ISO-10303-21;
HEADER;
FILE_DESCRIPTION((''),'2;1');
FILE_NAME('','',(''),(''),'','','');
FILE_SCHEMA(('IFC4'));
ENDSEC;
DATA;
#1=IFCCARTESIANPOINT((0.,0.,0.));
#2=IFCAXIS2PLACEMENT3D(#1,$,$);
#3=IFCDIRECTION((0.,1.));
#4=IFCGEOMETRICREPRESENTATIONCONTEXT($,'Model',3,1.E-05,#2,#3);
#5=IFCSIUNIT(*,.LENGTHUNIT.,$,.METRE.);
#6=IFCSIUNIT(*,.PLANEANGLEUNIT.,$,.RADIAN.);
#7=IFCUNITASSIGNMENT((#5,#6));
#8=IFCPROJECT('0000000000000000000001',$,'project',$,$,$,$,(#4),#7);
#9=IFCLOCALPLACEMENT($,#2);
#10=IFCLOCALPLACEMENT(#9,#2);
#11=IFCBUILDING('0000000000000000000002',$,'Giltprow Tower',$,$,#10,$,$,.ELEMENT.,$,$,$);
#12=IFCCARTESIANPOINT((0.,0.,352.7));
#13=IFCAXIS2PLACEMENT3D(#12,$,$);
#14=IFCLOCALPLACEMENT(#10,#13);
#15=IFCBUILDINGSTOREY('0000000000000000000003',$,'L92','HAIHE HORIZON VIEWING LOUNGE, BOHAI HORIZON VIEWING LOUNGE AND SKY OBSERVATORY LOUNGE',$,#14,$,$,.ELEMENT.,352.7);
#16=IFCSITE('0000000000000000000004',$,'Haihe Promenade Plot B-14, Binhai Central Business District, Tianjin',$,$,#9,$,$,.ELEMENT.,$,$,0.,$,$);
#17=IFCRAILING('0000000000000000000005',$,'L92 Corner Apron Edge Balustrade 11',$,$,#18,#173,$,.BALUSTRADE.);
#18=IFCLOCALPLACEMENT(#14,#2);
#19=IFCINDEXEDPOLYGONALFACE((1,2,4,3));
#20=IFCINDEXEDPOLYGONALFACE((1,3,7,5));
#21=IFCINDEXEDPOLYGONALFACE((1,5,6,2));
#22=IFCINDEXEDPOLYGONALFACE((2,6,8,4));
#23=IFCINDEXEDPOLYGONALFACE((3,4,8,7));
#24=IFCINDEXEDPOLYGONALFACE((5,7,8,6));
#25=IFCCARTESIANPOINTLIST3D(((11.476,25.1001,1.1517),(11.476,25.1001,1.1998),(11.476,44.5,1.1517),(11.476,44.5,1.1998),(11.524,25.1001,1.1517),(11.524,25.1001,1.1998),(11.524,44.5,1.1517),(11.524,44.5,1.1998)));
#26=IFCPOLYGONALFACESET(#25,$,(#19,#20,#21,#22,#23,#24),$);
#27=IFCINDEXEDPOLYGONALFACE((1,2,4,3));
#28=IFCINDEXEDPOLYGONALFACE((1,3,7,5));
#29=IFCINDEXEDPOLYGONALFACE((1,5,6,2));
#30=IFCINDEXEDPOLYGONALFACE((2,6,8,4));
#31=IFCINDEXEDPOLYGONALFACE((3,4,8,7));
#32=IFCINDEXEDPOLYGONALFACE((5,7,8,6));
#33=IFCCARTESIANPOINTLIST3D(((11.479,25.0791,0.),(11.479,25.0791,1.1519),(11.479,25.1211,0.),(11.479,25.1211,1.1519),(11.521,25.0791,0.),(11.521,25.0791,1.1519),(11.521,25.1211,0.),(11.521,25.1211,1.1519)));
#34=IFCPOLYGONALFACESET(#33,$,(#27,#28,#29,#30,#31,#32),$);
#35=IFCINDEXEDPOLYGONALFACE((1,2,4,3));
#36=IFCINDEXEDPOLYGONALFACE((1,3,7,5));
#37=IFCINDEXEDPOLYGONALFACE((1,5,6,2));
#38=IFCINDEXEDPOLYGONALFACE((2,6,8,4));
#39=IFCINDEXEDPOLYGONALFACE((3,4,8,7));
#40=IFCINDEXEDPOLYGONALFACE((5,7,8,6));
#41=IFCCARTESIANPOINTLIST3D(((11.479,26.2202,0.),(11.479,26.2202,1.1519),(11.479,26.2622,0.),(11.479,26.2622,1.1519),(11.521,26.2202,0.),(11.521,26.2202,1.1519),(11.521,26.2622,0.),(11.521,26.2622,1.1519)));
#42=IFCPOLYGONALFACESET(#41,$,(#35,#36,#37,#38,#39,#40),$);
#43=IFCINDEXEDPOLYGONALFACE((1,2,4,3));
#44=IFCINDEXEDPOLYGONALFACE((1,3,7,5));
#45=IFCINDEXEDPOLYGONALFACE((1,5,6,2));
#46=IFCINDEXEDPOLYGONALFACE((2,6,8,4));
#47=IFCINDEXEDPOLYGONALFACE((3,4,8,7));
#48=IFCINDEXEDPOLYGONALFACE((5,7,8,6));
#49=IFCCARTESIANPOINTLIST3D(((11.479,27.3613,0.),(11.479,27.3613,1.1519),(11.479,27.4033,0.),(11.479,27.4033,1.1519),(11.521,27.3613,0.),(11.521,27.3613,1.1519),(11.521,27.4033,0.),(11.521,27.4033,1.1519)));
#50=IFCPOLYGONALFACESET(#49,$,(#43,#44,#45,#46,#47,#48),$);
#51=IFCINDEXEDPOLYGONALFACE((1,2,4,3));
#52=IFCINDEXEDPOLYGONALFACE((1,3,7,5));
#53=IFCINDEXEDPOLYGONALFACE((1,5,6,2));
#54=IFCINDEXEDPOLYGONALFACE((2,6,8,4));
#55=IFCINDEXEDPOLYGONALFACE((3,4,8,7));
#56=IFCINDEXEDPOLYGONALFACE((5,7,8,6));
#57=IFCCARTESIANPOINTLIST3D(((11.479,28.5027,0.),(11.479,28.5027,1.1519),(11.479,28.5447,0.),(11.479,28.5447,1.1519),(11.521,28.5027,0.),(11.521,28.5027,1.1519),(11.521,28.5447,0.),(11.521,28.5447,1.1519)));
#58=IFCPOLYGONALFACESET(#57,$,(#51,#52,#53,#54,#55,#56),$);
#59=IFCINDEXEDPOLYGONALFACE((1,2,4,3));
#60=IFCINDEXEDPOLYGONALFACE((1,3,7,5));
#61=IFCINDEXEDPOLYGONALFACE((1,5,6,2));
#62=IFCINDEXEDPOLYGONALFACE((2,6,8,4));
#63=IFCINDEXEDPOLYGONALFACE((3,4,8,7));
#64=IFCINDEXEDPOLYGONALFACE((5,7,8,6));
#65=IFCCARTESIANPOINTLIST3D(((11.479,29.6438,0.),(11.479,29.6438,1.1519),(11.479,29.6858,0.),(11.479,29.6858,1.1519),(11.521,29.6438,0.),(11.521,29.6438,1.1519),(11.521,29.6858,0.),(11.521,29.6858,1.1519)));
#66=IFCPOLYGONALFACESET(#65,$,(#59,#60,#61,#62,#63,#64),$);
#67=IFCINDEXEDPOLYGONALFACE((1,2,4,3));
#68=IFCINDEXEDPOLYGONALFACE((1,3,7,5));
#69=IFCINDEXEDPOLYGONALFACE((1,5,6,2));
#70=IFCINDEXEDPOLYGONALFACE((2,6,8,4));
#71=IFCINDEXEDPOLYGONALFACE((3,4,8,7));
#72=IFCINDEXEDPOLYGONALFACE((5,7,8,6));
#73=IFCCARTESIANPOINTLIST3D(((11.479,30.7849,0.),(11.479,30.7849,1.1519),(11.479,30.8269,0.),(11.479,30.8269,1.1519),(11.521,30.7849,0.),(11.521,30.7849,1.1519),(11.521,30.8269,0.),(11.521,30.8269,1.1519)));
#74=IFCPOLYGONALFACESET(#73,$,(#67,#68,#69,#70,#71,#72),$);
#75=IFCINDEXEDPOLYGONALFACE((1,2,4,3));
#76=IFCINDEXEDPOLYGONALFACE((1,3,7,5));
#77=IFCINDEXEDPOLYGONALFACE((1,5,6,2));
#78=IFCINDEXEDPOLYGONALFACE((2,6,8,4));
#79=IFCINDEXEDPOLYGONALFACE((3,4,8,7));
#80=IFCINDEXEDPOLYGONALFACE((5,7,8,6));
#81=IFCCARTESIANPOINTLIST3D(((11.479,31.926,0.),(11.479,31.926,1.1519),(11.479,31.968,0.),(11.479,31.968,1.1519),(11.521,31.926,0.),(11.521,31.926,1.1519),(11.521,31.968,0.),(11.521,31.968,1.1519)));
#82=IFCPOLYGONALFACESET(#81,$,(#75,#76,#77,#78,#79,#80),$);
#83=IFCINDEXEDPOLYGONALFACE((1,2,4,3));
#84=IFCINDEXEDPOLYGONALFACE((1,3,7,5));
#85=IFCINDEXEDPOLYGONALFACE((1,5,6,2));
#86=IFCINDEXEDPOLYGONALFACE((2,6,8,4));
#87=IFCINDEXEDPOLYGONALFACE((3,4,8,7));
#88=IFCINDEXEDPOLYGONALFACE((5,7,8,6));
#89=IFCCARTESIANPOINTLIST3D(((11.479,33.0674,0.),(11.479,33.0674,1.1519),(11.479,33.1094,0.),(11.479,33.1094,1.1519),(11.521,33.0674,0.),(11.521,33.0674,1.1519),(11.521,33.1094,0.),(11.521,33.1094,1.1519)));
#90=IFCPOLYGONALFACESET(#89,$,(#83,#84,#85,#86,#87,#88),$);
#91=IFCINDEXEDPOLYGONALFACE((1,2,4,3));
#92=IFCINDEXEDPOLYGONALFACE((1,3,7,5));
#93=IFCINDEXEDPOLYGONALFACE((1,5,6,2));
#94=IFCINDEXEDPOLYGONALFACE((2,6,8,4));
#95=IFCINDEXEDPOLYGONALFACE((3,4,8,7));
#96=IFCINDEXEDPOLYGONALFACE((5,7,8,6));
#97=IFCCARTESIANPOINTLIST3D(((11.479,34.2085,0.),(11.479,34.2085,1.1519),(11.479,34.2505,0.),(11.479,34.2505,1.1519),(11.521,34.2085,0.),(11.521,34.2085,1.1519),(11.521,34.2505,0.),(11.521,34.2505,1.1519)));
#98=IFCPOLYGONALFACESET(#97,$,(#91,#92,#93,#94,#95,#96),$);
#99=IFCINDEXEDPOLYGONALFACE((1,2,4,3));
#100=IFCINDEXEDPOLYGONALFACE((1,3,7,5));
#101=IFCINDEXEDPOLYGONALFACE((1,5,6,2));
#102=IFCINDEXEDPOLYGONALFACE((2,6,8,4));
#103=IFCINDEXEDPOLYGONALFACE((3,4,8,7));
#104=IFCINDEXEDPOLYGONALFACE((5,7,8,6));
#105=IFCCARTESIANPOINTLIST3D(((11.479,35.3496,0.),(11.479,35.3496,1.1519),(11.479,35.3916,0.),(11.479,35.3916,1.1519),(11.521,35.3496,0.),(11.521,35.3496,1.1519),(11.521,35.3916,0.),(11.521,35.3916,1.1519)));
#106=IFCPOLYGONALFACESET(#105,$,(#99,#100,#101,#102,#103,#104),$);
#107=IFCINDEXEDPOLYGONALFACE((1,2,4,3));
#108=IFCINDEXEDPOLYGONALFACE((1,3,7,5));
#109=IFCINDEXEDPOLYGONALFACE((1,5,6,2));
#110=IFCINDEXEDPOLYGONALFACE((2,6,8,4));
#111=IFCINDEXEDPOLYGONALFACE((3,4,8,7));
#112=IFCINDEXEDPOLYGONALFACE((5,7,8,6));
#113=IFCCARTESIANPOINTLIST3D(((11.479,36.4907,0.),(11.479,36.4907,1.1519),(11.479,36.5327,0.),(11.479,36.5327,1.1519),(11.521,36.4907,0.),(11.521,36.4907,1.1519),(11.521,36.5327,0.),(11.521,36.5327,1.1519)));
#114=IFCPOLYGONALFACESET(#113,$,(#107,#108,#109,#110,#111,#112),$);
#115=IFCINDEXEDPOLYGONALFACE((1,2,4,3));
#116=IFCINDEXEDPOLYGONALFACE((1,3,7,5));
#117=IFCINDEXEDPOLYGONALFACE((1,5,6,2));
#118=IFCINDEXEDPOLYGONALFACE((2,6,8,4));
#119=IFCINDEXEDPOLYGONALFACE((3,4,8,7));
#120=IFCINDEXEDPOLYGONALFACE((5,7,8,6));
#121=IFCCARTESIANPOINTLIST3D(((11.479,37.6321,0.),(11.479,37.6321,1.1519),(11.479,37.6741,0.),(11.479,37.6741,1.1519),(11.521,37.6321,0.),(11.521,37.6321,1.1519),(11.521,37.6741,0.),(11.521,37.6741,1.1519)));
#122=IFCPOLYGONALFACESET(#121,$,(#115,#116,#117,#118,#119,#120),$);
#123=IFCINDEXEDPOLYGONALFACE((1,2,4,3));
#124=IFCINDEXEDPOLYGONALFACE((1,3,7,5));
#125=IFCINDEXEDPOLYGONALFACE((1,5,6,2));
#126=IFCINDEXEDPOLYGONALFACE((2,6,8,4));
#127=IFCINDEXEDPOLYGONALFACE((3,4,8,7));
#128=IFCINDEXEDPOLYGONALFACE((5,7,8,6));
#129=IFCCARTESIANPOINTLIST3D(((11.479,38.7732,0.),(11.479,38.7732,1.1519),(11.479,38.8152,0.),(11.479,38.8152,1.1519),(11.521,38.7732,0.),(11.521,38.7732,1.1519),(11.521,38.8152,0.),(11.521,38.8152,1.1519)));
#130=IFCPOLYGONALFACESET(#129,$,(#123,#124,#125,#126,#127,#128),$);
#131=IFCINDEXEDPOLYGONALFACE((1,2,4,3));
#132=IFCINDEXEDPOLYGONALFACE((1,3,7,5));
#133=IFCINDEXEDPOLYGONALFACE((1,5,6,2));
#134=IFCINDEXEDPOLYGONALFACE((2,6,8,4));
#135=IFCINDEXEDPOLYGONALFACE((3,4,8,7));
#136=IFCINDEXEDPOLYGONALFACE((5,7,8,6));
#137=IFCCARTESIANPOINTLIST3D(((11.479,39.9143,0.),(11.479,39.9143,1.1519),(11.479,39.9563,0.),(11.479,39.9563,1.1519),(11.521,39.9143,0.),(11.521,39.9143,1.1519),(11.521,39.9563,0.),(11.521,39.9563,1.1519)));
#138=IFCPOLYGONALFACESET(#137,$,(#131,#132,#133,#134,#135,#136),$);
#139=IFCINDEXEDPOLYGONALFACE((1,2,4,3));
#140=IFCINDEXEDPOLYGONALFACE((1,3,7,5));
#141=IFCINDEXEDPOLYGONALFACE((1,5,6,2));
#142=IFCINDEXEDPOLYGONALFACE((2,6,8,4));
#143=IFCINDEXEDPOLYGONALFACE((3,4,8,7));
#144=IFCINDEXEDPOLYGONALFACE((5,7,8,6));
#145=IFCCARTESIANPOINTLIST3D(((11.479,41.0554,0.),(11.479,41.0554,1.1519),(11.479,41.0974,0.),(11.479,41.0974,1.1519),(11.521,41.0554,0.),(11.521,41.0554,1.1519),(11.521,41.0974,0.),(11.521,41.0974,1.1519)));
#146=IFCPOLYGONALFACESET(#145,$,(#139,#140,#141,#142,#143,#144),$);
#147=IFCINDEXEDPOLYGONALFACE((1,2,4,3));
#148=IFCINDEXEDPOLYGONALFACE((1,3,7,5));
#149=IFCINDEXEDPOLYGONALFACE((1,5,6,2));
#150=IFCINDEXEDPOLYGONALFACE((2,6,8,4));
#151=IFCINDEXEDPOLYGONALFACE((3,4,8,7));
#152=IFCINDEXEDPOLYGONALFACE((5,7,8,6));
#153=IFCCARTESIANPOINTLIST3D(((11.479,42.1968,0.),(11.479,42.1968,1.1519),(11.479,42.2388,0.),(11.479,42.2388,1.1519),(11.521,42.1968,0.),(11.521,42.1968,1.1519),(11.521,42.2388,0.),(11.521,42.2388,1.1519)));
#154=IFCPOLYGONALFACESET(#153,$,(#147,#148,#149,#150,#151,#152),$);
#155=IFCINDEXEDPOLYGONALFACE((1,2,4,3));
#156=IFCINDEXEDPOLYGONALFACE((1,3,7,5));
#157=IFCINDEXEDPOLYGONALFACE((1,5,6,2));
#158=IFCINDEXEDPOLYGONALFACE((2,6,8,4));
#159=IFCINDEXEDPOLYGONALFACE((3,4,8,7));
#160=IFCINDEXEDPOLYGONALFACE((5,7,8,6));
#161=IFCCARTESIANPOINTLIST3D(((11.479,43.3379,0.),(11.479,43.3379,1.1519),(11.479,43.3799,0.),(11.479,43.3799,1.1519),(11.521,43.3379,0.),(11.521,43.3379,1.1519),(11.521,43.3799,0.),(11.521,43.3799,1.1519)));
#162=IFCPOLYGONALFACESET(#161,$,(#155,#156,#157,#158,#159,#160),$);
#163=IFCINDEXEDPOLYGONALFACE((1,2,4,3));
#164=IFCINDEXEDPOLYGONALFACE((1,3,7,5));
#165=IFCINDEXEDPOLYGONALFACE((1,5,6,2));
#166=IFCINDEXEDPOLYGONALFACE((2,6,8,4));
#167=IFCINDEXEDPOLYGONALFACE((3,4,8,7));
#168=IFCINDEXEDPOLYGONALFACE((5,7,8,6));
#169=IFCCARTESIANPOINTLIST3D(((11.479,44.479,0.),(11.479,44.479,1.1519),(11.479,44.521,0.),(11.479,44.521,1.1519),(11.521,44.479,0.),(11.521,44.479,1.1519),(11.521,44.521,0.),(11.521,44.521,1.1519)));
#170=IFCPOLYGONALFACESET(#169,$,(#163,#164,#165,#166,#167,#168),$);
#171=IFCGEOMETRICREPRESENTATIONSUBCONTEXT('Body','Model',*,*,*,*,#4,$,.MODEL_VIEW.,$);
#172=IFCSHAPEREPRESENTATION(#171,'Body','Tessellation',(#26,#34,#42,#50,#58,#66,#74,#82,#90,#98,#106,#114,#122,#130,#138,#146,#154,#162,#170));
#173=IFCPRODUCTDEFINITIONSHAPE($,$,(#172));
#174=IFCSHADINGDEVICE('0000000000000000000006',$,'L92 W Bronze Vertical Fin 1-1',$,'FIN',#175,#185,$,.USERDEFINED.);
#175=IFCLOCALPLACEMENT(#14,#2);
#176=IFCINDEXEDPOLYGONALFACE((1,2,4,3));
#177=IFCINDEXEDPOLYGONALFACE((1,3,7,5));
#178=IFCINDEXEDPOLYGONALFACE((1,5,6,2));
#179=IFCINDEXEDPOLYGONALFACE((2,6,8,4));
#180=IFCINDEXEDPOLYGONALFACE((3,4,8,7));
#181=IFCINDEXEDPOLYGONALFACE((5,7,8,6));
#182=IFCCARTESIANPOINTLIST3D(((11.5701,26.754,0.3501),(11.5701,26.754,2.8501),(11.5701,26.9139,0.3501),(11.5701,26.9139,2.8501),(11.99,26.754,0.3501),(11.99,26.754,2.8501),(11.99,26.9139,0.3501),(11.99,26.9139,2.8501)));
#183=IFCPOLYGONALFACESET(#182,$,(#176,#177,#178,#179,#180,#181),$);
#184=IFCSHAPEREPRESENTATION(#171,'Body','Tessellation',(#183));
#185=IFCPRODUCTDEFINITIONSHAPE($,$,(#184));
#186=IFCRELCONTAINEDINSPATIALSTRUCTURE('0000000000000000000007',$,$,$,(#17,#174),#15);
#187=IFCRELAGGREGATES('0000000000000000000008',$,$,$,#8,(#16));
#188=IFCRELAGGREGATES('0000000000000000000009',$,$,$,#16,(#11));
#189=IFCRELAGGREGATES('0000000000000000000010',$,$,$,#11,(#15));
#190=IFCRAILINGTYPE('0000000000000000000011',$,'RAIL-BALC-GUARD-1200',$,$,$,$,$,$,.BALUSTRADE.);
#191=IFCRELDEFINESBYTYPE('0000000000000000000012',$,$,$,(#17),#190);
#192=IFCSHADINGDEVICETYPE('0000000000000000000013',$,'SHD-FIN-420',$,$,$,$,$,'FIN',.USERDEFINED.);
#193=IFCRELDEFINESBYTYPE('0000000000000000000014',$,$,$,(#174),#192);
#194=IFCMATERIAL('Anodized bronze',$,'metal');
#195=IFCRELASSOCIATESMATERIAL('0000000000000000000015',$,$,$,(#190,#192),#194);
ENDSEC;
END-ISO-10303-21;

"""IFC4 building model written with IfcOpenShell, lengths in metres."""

from ifc_helpers import new_model, si_unit, direction, frame, origin, origin_2d, place, context, subcontext, project, spatial, rectangle, extrude, source, transform, mapped, material, type_object, element, save


model = new_model("IFC4")

# Units and contexts
model_context = context("Model", 3, precision=1e-05, world=origin(), true_north=direction((0.0, 1.0)))
body_context = subcontext(model_context, "Body", "Model", "MODEL_VIEW")
ifc_project = project(units=[si_unit("LENGTHUNIT", "METRE"), si_unit("PLANEANGLEUNIT", "RADIAN")], contexts=[model_context])

# Site, building, storey
site_placement = place(None, origin())
site = spatial("IfcSite", under=ifc_project, at=site_placement, Name="Haihe Promenade Plot B-14, Binhai Central Business District, Tianjin", CompositionType="ELEMENT", RefElevation=0.0)
building_placement = place(site_placement, origin())
building = spatial("IfcBuilding", under=site, at=building_placement, Name="Giltprow Tower", CompositionType="ELEMENT")
storey_placement = place(building_placement, frame((0.0, 0.0, 352.7)))
storey = spatial("IfcBuildingStorey", under=building, at=storey_placement, Name="L92", Description="HAIHE HORIZON VIEWING LOUNGE, BOHAI HORIZON VIEWING LOUNGE AND SKY OBSERVATORY LOUNGE", CompositionType="ELEMENT", Elevation=352.7)

# Shared definitions
ifc_material_1 = material(Name="Anodized bronze", Category="metal")

# Railing
railing_type = type_object("IfcRailingType", Name="RAIL-BALC-GUARD-1200", PredefinedType="BALUSTRADE", material=ifc_material_1)
railing_1_placement = place(storey_placement, frame((11.5, 25.1001, 0.0)))
element("IfcRailing", 1, at=railing_1_placement, inside=storey, type_object=railing_type, Name="L92 Corner Apron Edge Balustrade 11", PredefinedType="BALUSTRADE", context=body_context, shape_type="SweptSolid", body=[
    extrude(rectangle(XDim=0.0481, YDim=0.0481, at=origin_2d()), frame((0.0, 0.0, 1.1758), z_axis=(0.0, 1.0, 0.0), x_axis=(-1.0, 0.0, 0.0)), (0.0, 0.0, 1.0), 19.3999),
    extrude(rectangle(XDim=0.042, YDim=0.042, at=origin_2d()), origin(), (0.0, 0.0, 1.0), 1.1519),
    extrude(rectangle(XDim=0.042, YDim=0.042, at=origin_2d()), frame((0.0, 1.1411, 0.0)), (0.0, 0.0, 1.0), 1.1519),
    extrude(rectangle(XDim=0.042, YDim=0.042, at=origin_2d()), frame((0.0, 2.2822, 0.0)), (0.0, 0.0, 1.0), 1.1519),
    extrude(rectangle(XDim=0.042, YDim=0.042, at=origin_2d()), frame((0.0, 3.4236, 0.0)), (0.0, 0.0, 1.0), 1.1519),
    extrude(rectangle(XDim=0.042, YDim=0.042, at=origin_2d()), frame((0.0, 4.5647, 0.0)), (0.0, 0.0, 1.0), 1.1519),
    extrude(rectangle(XDim=0.042, YDim=0.042, at=origin_2d()), frame((0.0, 5.7058, 0.0)), (0.0, 0.0, 1.0), 1.1519),
    extrude(rectangle(XDim=0.042, YDim=0.042, at=origin_2d()), frame((0.0, 6.8469, 0.0)), (0.0, 0.0, 1.0), 1.1519),
    extrude(rectangle(XDim=0.042, YDim=0.042, at=origin_2d()), frame((0.0, 7.9883, 0.0)), (0.0, 0.0, 1.0), 1.1519),
    extrude(rectangle(XDim=0.042, YDim=0.042, at=origin_2d()), frame((0.0, 9.1294, 0.0)), (0.0, 0.0, 1.0), 1.1519),
    extrude(rectangle(XDim=0.042, YDim=0.042, at=origin_2d()), frame((0.0, 10.2705, 0.0)), (0.0, 0.0, 1.0), 1.1519),
    extrude(rectangle(XDim=0.042, YDim=0.042, at=origin_2d()), frame((0.0, 11.4116, 0.0)), (0.0, 0.0, 1.0), 1.1519),
    extrude(rectangle(XDim=0.042, YDim=0.042, at=origin_2d()), frame((0.0, 12.553, 0.0)), (0.0, 0.0, 1.0), 1.1519),
    extrude(rectangle(XDim=0.042, YDim=0.042, at=origin_2d()), frame((0.0, 13.6941, 0.0)), (0.0, 0.0, 1.0), 1.1519),
    extrude(rectangle(XDim=0.042, YDim=0.042, at=origin_2d()), frame((0.0, 14.8352, 0.0)), (0.0, 0.0, 1.0), 1.1519),
    extrude(rectangle(XDim=0.042, YDim=0.042, at=origin_2d()), frame((0.0, 15.9763, 0.0)), (0.0, 0.0, 1.0), 1.1519),
    extrude(rectangle(XDim=0.042, YDim=0.042, at=origin_2d()), frame((0.0, 17.1177, 0.0)), (0.0, 0.0, 1.0), 1.1519),
    extrude(rectangle(XDim=0.042, YDim=0.042, at=origin_2d()), frame((0.0, 18.2588, 0.0)), (0.0, 0.0, 1.0), 1.1519),
    extrude(rectangle(XDim=0.042, YDim=0.042, at=origin_2d()), frame((0.0, 19.3999, 0.0)), (0.0, 0.0, 1.0), 1.1519),
])

# Shading device
shading_device_type = type_object("IfcShadingDeviceType", Name="SHD-FIN-420", ElementType="FIN", PredefinedType="USERDEFINED", material=ifc_material_1)
shared_shape_1 = source(origin(), body_context, "Body", "SweptSolid", [
    extrude(rectangle(XDim=0.4199, YDim=0.1599, at=origin_2d()), origin(), (0.0, 0.0, 1.0), 2.5),
])
shading_device_placement = place(storey_placement, frame((11.78, 26.834, 0.3501), z_axis=(0.0, 0.0, 1.0), x_axis=(1.0, 0.0, 0.0)))
element("IfcShadingDevice", 2, at=shading_device_placement, inside=storey, type_object=shading_device_type, Name="L92 W Bronze Vertical Fin 1-1", ObjectType="FIN", PredefinedType="USERDEFINED", context=body_context, shape_type="MappedRepresentation", body=[
    mapped(shared_shape_1, transform((0.0, 0.0, 0.0), x_axis=(1.0, 0.0, 0.0), y_axis=(0.0, 1.0, 0.0), z_axis=(0.0, 0.0, 1.0), scale=1.0)),
])

save(model, "model.ifc")
